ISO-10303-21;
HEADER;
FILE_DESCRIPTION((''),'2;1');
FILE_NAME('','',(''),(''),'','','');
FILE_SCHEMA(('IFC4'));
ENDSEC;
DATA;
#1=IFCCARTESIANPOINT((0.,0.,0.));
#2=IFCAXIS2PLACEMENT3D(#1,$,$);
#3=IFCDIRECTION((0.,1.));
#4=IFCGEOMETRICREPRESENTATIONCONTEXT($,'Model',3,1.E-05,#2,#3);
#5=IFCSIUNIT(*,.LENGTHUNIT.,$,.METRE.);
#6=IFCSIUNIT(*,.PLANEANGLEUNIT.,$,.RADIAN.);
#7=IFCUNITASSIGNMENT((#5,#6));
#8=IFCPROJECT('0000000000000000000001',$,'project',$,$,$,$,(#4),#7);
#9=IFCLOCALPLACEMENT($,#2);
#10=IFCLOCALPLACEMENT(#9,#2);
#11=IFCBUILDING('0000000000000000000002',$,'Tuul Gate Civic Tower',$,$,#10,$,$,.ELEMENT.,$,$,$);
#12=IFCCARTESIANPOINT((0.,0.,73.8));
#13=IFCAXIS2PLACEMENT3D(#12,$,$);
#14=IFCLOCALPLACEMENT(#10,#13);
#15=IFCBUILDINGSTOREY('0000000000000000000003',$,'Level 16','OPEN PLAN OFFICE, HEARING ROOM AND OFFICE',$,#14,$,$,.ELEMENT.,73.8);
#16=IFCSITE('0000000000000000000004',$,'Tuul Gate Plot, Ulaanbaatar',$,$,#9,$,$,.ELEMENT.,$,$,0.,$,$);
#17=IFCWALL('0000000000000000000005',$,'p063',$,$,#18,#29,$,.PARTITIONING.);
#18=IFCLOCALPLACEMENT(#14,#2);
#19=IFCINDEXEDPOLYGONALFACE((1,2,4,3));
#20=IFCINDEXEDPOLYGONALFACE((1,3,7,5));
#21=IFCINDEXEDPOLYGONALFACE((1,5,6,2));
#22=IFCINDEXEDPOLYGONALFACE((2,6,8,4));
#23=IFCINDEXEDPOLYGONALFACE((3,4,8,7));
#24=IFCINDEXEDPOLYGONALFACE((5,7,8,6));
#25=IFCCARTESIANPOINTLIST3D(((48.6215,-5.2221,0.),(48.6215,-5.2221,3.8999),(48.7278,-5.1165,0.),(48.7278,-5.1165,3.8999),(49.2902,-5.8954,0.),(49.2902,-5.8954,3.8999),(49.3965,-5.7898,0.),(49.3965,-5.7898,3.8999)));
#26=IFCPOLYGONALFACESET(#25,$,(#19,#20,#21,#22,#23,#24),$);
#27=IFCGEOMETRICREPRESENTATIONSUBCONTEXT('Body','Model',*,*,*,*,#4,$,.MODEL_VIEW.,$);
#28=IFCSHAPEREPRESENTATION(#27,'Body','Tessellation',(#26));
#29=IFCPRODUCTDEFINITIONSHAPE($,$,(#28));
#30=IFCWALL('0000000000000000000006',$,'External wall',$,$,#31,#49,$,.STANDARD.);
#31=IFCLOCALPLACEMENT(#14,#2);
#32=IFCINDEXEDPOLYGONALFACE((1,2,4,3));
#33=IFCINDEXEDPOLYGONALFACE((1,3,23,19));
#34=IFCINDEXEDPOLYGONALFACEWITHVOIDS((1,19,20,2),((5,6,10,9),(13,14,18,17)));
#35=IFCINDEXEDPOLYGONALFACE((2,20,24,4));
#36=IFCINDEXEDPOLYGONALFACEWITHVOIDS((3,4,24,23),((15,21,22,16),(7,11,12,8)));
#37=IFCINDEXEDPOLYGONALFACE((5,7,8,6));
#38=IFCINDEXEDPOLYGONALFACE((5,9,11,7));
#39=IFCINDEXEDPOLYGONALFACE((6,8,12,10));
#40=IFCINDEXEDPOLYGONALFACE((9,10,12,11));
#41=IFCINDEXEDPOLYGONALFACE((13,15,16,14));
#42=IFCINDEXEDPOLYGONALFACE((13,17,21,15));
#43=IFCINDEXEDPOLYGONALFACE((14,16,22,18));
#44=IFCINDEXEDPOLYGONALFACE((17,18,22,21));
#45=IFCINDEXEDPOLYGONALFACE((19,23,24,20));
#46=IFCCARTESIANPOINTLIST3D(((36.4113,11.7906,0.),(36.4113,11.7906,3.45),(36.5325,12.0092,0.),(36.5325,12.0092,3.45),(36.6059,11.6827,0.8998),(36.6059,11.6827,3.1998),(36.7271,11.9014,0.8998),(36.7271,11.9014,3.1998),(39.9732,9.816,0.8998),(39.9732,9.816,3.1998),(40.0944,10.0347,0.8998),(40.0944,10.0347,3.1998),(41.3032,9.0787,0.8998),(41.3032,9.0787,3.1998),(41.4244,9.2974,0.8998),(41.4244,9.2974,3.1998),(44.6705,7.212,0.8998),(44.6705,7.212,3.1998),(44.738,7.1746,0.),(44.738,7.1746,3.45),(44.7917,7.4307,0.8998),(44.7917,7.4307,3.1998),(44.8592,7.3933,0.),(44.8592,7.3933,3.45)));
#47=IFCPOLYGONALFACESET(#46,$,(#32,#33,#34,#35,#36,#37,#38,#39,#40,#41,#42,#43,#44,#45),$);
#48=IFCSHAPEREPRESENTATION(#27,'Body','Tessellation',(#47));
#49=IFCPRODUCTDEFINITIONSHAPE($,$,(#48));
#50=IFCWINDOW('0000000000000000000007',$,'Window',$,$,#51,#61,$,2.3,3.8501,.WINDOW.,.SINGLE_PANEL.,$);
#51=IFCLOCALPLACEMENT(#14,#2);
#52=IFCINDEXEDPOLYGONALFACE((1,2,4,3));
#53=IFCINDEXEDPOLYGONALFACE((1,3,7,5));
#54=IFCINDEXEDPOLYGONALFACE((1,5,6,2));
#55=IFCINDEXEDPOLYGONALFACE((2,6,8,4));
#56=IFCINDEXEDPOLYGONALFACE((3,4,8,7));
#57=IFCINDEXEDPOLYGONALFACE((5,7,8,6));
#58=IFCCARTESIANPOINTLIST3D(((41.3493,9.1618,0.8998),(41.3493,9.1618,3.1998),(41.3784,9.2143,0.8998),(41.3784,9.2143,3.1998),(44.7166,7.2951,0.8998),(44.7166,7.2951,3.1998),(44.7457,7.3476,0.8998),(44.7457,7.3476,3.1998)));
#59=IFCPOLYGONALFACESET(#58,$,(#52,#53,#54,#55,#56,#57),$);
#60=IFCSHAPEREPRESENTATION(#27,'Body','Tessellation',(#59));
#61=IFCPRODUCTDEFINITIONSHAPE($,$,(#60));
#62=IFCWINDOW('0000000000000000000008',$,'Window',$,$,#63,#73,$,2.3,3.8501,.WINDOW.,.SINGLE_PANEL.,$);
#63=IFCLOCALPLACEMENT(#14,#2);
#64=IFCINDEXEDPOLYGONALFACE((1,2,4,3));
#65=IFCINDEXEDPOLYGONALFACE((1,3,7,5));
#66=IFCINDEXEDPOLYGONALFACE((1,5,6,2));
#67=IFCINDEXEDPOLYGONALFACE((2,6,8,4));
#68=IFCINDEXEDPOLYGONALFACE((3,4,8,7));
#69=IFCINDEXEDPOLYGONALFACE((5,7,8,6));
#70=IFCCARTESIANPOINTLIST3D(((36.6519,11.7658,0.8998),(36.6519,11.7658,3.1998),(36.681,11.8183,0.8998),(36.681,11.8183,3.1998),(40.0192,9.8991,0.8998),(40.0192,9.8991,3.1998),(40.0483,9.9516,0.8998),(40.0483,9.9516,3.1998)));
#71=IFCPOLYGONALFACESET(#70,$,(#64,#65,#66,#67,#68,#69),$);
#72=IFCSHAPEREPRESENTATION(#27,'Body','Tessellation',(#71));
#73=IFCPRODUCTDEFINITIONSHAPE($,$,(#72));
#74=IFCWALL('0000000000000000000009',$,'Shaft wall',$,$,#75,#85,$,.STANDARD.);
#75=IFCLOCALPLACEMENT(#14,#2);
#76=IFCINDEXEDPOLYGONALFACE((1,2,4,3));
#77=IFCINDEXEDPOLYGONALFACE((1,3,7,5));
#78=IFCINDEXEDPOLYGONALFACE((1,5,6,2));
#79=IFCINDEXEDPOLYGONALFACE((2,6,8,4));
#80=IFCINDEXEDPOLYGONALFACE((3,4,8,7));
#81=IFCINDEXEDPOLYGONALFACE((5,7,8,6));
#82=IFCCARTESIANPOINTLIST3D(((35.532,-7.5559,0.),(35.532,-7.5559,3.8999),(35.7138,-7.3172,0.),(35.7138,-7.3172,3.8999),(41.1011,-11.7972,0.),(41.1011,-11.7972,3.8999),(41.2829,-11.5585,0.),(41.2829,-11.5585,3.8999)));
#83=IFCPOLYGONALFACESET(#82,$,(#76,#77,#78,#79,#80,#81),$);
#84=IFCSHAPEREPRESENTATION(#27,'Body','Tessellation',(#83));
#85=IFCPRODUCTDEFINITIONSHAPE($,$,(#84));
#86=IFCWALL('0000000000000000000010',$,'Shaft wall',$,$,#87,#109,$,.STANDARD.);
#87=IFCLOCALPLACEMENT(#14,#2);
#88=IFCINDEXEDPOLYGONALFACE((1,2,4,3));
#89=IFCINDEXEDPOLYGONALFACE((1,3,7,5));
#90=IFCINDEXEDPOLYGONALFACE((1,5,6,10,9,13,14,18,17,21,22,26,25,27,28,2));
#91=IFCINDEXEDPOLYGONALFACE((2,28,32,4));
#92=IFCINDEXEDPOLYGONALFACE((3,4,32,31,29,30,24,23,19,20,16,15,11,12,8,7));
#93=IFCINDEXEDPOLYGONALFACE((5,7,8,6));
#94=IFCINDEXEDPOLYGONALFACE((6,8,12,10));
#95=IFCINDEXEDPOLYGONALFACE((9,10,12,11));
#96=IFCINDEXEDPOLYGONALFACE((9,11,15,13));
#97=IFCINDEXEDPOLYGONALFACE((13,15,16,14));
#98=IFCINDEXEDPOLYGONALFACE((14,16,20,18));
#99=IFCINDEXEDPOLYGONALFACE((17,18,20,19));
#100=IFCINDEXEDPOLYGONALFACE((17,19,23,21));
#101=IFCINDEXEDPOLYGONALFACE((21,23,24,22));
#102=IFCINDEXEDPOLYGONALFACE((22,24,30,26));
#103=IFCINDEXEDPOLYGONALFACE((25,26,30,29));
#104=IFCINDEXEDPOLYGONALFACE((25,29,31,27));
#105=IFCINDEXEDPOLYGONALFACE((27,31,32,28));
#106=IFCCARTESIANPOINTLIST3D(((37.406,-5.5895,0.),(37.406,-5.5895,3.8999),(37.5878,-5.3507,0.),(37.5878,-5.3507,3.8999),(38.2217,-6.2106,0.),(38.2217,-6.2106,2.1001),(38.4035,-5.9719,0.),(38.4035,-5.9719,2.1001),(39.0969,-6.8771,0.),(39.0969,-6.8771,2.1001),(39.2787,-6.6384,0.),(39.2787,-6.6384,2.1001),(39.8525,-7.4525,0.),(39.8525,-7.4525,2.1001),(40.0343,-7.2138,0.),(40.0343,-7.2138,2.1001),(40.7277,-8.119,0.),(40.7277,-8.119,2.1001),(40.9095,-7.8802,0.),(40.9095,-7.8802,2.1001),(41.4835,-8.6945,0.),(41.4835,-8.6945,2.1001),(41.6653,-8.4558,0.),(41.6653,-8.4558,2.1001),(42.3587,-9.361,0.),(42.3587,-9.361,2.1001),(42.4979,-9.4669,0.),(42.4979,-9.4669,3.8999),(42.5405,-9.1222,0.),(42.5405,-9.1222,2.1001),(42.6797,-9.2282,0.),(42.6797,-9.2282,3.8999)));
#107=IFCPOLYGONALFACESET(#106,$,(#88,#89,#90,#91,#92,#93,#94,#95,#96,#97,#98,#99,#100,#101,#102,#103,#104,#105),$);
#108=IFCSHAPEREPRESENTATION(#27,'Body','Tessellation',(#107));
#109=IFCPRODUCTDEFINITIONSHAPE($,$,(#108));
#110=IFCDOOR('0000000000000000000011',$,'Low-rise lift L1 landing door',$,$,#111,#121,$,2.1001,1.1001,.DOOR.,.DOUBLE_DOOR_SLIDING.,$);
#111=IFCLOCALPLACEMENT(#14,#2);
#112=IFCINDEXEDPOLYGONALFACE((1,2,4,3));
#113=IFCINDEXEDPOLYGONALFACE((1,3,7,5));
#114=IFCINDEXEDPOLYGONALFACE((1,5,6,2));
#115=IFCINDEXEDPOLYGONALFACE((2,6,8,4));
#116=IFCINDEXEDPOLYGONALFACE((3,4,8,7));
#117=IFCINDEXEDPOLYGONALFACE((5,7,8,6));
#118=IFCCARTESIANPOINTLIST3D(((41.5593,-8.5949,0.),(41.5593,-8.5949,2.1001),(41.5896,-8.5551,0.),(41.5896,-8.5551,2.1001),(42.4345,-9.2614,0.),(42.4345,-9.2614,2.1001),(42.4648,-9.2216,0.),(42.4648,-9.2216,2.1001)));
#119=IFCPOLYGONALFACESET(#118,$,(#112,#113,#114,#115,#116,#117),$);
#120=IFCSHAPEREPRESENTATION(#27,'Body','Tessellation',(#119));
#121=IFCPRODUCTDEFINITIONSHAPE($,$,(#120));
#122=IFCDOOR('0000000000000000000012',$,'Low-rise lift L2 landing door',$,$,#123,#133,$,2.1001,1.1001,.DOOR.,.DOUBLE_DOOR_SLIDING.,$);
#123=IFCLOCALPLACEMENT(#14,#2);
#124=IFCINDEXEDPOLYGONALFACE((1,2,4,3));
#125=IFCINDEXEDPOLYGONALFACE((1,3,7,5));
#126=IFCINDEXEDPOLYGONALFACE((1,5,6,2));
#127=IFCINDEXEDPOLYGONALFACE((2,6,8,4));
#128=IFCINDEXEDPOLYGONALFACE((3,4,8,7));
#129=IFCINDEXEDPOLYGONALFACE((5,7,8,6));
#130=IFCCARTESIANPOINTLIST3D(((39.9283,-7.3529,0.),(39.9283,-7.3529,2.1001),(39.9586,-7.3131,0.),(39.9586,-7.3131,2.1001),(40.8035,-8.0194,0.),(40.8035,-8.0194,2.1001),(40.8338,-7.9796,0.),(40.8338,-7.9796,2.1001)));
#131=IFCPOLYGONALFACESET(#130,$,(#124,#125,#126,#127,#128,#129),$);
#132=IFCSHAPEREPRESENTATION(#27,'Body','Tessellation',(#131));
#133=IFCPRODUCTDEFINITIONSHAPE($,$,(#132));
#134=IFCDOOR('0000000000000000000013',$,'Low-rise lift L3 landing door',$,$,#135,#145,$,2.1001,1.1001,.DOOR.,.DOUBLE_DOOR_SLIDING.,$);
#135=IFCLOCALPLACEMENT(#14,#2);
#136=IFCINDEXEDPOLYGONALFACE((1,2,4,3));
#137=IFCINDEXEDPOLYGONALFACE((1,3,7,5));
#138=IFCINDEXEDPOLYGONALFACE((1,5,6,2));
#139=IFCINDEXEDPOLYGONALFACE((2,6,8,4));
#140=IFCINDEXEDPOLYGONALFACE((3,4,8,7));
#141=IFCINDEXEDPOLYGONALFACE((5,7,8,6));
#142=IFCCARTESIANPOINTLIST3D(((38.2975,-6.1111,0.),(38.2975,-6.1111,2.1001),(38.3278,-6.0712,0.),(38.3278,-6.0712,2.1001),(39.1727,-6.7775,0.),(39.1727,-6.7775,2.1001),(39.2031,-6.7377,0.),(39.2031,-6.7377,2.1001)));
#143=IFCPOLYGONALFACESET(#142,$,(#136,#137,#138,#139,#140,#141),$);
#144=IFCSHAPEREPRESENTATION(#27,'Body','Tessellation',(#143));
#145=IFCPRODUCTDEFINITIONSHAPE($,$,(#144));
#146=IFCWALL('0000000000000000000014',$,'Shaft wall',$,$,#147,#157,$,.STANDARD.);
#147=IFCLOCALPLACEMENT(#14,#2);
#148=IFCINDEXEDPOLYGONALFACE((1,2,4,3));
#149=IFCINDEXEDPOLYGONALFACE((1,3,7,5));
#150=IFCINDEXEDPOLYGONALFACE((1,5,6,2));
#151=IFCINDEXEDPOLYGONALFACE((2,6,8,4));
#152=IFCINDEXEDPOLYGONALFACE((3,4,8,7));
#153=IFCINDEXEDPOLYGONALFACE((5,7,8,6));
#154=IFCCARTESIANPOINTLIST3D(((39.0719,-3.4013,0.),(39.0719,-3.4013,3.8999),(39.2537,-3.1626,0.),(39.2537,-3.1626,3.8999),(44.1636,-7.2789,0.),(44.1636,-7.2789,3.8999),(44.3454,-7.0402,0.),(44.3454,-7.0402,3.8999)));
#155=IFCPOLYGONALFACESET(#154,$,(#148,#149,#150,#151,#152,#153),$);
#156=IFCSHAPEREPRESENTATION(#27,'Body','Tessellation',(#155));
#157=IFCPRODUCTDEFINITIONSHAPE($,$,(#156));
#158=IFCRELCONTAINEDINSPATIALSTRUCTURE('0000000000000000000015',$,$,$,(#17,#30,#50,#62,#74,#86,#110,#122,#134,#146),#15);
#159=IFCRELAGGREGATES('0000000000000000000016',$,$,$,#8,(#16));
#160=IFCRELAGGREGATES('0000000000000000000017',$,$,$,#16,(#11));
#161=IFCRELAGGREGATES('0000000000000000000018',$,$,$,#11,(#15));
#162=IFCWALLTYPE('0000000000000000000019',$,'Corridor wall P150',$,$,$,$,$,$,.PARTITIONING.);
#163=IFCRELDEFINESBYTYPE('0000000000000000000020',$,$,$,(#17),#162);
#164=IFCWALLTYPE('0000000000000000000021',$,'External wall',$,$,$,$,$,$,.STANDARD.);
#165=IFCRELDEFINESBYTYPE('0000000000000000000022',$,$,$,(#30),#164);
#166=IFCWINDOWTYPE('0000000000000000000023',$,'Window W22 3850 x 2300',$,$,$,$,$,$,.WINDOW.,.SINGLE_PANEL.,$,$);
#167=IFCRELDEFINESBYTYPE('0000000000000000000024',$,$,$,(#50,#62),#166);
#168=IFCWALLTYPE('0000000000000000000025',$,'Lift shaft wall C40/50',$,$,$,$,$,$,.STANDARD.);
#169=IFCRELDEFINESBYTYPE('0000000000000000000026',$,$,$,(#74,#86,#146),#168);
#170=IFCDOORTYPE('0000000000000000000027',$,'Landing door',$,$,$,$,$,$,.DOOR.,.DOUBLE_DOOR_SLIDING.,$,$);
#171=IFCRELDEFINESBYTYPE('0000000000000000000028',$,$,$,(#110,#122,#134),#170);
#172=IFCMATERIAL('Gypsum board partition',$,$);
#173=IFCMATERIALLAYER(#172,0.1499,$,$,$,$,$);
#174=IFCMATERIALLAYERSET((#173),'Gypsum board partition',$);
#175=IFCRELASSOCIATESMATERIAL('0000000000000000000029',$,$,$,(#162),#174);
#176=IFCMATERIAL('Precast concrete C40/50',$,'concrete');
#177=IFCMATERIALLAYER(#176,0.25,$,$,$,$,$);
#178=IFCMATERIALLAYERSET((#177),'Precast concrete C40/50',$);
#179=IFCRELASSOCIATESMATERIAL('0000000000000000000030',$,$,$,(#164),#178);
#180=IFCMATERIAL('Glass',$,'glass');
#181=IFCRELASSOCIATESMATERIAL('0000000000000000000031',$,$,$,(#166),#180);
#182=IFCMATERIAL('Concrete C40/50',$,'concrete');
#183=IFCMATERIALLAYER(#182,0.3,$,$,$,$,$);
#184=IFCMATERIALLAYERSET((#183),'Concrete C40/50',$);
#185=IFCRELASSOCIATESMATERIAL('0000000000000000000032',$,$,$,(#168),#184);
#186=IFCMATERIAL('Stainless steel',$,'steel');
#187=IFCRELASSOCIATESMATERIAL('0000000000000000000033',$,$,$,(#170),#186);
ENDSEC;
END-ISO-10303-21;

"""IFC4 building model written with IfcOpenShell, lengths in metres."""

from ifc_helpers import new_model, si_unit, direction, frame, frame_2d, origin, place, context, subcontext, project, spatial, rectangle, extrude, material, layer, layer_set, type_object, element, fill, save


model = new_model("IFC4")

# Units and contexts
model_context = context("Model", 3, precision=1e-05, world=origin(), true_north=direction((0.0, 1.0)))
body_context = subcontext(model_context, "Body", "Model", "MODEL_VIEW")
ifc_project = project(units=[si_unit("LENGTHUNIT", "METRE"), si_unit("PLANEANGLEUNIT", "RADIAN")], contexts=[model_context])

# Site, building, storey
site_placement = place(None, origin())
site = spatial("IfcSite", under=ifc_project, at=site_placement, Name="Tuul Gate Plot, Ulaanbaatar", CompositionType="ELEMENT", RefElevation=0.0)
building_placement = place(site_placement, origin())
building = spatial("IfcBuilding", under=site, at=building_placement, Name="Tuul Gate Civic Tower", CompositionType="ELEMENT")
storey_placement = place(building_placement, frame((0.0, 0.0, 73.8)))
storey = spatial("IfcBuildingStorey", under=building, at=storey_placement, Name="Level 16", Description="OPEN PLAN OFFICE, HEARING ROOM AND OFFICE", CompositionType="ELEMENT", Elevation=73.8)

# Shared definitions
ifc_material_1 = material(Name="Gypsum board partition")
ifc_layer_1 = layer(ifc_material_1, 0.1499)
ifc_layer_set_1 = layer_set([ifc_layer_1], Name="Gypsum board partition")
wall_type_1 = type_object("IfcWallType", Name="Corridor wall P150", PredefinedType="PARTITIONING", material=ifc_layer_set_1)

# Wall
wall_1_placement = place(storey_placement, frame((48.6746, -5.1692, 0.0), z_axis=(0.0, 0.0, 1.0), x_axis=(0.704659, -0.709547, 0.0)))
element("IfcWall", 1, at=wall_1_placement, inside=storey, type_object=wall_type_1, Name="p063", PredefinedType="PARTITIONING", context=body_context, shape_type="SweptSolid", body=[
    extrude(rectangle(XDim=0.949, YDim=0.1499, at=frame_2d((0.4746, 0.0))), origin(), (0.0, 0.0, 1.0), 3.8999),
])

# Wall, openings, windows
ifc_material_2 = material(Name="Precast concrete C40/50", Category="concrete")
ifc_layer_2 = layer(ifc_material_2, 0.25)
ifc_layer_set_2 = layer_set([ifc_layer_2], Name="Precast concrete C40/50")
wall_type_2 = type_object("IfcWallType", Name="External wall", PredefinedType="STANDARD", material=ifc_layer_set_2)
wall_2_placement = place(storey_placement, frame((44.7986, 7.2839, 0.0), z_axis=(0.0, 0.0, 1.0), x_axis=(-0.874601, 0.484844, 0.0)))
wall_2 = element("IfcWall", 2, at=wall_2_placement, inside=storey, type_object=wall_type_2, Name="External wall", PredefinedType="STANDARD", context=body_context, shape_type="SweptSolid", body=[
    extrude(rectangle(XDim=9.5205, YDim=0.25, at=frame_2d((4.7603, 0.0))), origin(), (0.0, 0.0, 1.0), 3.45),
])
opening_1_placement = place(wall_2_placement, frame((0.0771, 0.0, 0.8999)))
opening_1 = element("IfcOpeningElement", 3, at=opening_1_placement, cuts=wall_2, PredefinedType="OPENING", context=body_context, shape_type="SweptSolid", body=[
    extrude(rectangle(XDim=3.8501, YDim=2.3, at=frame_2d((1.925, 1.1499))), frame((0.0, 0.135, 0.0), z_axis=(0.0, -1.0, 0.0), x_axis=(1.0, 0.0, 0.0)), (0.0, 0.0, 1.0), 0.27),
])
opening_2_placement = place(wall_2_placement, frame((5.448, 0.0, 0.8999)))
opening_2 = element("IfcOpeningElement", 4, at=opening_2_placement, cuts=wall_2, PredefinedType="OPENING", context=body_context, shape_type="SweptSolid", body=[
    extrude(rectangle(XDim=3.8501, YDim=2.3, at=frame_2d((1.925, 1.1499))), frame((0.0, 0.135, 0.0), z_axis=(0.0, -1.0, 0.0), x_axis=(1.0, 0.0, 0.0)), (0.0, 0.0, 1.0), 0.27),
])
ifc_material_3 = material(Name="Glass", Category="glass")
window_type = type_object("IfcWindowType", Name="Window W22 3850 x 2300", PartitioningType="SINGLE_PANEL", PredefinedType="WINDOW", material=ifc_material_3)
window_1_placement = place(opening_1_placement, origin())
window_1 = element("IfcWindow", 5, at=window_1_placement, inside=storey, type_object=window_type, Name="Window", OverallHeight=2.3, OverallWidth=3.8501, PartitioningType="SINGLE_PANEL", PredefinedType="WINDOW", context=body_context, shape_type="SweptSolid", body=[
    extrude(rectangle(XDim=3.8501, YDim=2.3, at=frame_2d((1.925, 1.1499))), frame((0.0, 0.03, 0.0), z_axis=(0.0, -1.0, 0.0), x_axis=(1.0, 0.0, 0.0)), (0.0, 0.0, 1.0), 0.0601),
])
fill(opening_1, window_1)
window_2_placement = place(opening_2_placement, origin())
window_2 = element("IfcWindow", 6, at=window_2_placement, inside=storey, type_object=window_type, Name="Window", OverallHeight=2.3, OverallWidth=3.8501, PartitioningType="SINGLE_PANEL", PredefinedType="WINDOW", context=body_context, shape_type="SweptSolid", body=[
    extrude(rectangle(XDim=3.8501, YDim=2.3, at=frame_2d((1.925, 1.1499))), frame((0.0, 0.03, 0.0), z_axis=(0.0, -1.0, 0.0), x_axis=(1.0, 0.0, 0.0)), (0.0, 0.0, 1.0), 0.0601),
])
fill(opening_2, window_2)

# Wall
ifc_material_4 = material(Name="Concrete C40/50", Category="concrete")
ifc_layer_3 = layer(ifc_material_4, 0.3)
ifc_layer_set_3 = layer_set([ifc_layer_3], Name="Concrete C40/50")
wall_type_3 = type_object("IfcWallType", Name="Lift shaft wall C40/50", PredefinedType="STANDARD", material=ifc_layer_set_3)
wall_3_placement = place(storey_placement, frame((41.1919, -11.6777, 0.0), z_axis=(0.0, 0.0, 1.0), x_axis=(-0.795563, 0.605871, 0.0)))
element("IfcWall", 7, at=wall_3_placement, inside=storey, type_object=wall_type_3, Name="Shaft wall", PredefinedType="STANDARD", context=body_context, shape_type="SweptSolid", body=[
    extrude(rectangle(XDim=7.0002, YDim=0.3, at=frame_2d((3.5, 0.0))), origin(), (0.0, 0.0, 1.0), 3.8999),
])

# Wall, openings, doors
wall_4_placement = place(storey_placement, frame((42.5889, -9.3477, 0.0), z_axis=(0.0, 0.0, 1.0), x_axis=(-0.795584, 0.605843, 0.0)))
wall_4 = element("IfcWall", 8, at=wall_4_placement, inside=storey, type_object=wall_type_3, Name="Shaft wall", PredefinedType="STANDARD", context=body_context, shape_type="SweptSolid", body=[
    extrude(rectangle(XDim=6.4001, YDim=0.3, at=frame_2d((3.2002, 0.0))), origin(), (0.0, 0.0, 1.0), 3.8999),
])
opening_3_placement = place(wall_4_placement, frame((0.175, 0.0, 0.0)))
opening_3 = element("IfcOpeningElement", 9, at=opening_3_placement, cuts=wall_4, PredefinedType="OPENING", context=body_context, shape_type="SweptSolid", body=[
    extrude(rectangle(XDim=1.1001, YDim=2.1001, at=frame_2d((0.55, 1.05))), frame((0.0, 0.1602, 0.0), z_axis=(0.0, -1.0, 0.0), x_axis=(1.0, 0.0, 0.0)), (0.0, 0.0, 1.0), 0.3201),
])
opening_4_placement = place(wall_4_placement, frame((2.2251, 0.0, 0.0)))
opening_4 = element("IfcOpeningElement", 10, at=opening_4_placement, cuts=wall_4, PredefinedType="OPENING", context=body_context, shape_type="SweptSolid", body=[
    extrude(rectangle(XDim=1.1001, YDim=2.1001, at=frame_2d((0.55, 1.05))), frame((0.0, 0.1602, 0.0), z_axis=(0.0, -1.0, 0.0), x_axis=(1.0, 0.0, 0.0)), (0.0, 0.0, 1.0), 0.3201),
])
opening_5_placement = place(wall_4_placement, frame((4.2749, 0.0, 0.0)))
opening_5 = element("IfcOpeningElement", 11, at=opening_5_placement, cuts=wall_4, PredefinedType="OPENING", context=body_context, shape_type="SweptSolid", body=[
    extrude(rectangle(XDim=1.1001, YDim=2.1001, at=frame_2d((0.55, 1.05))), frame((0.0, 0.1602, 0.0), z_axis=(0.0, -1.0, 0.0), x_axis=(1.0, 0.0, 0.0)), (0.0, 0.0, 1.0), 0.3201),
])
ifc_material_5 = material(Name="Stainless steel", Category="steel")
door_type_1 = type_object("IfcDoorType", Name="Landing door", OperationType="DOUBLE_DOOR_SLIDING", PredefinedType="DOOR", material=ifc_material_5)
door_1_placement = place(opening_3_placement, origin())
door_1 = element("IfcDoor", 12, at=door_1_placement, inside=storey, type_object=door_type_1, Name="Low-rise lift L1 landing door", OperationType="DOUBLE_DOOR_SLIDING", OverallHeight=2.1001, OverallWidth=1.1001, PredefinedType="DOOR", context=body_context, shape_type="SweptSolid", body=[
    extrude(rectangle(XDim=1.1001, YDim=2.1001, at=frame_2d((0.55, 1.05))), frame((0.0, 0.0249, 0.0), z_axis=(0.0, -1.0, 0.0), x_axis=(1.0, 0.0, 0.0)), (0.0, 0.0, 1.0), 0.05),
])
fill(opening_3, door_1)
door_2_placement = place(opening_4_placement, origin())
door_2 = element("IfcDoor", 13, at=door_2_placement, inside=storey, type_object=door_type_1, Name="Low-rise lift L2 landing door", OperationType="DOUBLE_DOOR_SLIDING", OverallHeight=2.1001, OverallWidth=1.1001, PredefinedType="DOOR", context=body_context, shape_type="SweptSolid", body=[
    extrude(rectangle(XDim=1.1001, YDim=2.1001, at=frame_2d((0.55, 1.05))), frame((0.0, 0.0249, 0.0), z_axis=(0.0, -1.0, 0.0), x_axis=(1.0, 0.0, 0.0)), (0.0, 0.0, 1.0), 0.05),
])
fill(opening_4, door_2)
door_3_placement = place(opening_5_placement, origin())
door_3 = element("IfcDoor", 14, at=door_3_placement, inside=storey, type_object=door_type_1, Name="Low-rise lift L3 landing door", OperationType="DOUBLE_DOOR_SLIDING", OverallHeight=2.1001, OverallWidth=1.1001, PredefinedType="DOOR", context=body_context, shape_type="SweptSolid", body=[
    extrude(rectangle(XDim=1.1001, YDim=2.1001, at=frame_2d((0.55, 1.05))), frame((0.0, 0.0249, 0.0), z_axis=(0.0, -1.0, 0.0), x_axis=(1.0, 0.0, 0.0)), (0.0, 0.0, 1.0), 0.05),
])
fill(opening_5, door_3)

# Wall
wall_5_placement = place(storey_placement, frame((44.2546, -7.1597, 0.0), z_axis=(0.0, 0.0, 1.0), x_axis=(-0.795566, 0.605867, 0.0)))
element("IfcWall", 15, at=wall_5_placement, inside=storey, type_object=wall_type_3, Name="Shaft wall", PredefinedType="STANDARD", context=body_context, shape_type="SweptSolid", body=[
    extrude(rectangle(XDim=6.4001, YDim=0.3, at=frame_2d((3.2002, 0.0))), origin(), (0.0, 0.0, 1.0), 3.8999),
])

save(model, "model.ifc")
